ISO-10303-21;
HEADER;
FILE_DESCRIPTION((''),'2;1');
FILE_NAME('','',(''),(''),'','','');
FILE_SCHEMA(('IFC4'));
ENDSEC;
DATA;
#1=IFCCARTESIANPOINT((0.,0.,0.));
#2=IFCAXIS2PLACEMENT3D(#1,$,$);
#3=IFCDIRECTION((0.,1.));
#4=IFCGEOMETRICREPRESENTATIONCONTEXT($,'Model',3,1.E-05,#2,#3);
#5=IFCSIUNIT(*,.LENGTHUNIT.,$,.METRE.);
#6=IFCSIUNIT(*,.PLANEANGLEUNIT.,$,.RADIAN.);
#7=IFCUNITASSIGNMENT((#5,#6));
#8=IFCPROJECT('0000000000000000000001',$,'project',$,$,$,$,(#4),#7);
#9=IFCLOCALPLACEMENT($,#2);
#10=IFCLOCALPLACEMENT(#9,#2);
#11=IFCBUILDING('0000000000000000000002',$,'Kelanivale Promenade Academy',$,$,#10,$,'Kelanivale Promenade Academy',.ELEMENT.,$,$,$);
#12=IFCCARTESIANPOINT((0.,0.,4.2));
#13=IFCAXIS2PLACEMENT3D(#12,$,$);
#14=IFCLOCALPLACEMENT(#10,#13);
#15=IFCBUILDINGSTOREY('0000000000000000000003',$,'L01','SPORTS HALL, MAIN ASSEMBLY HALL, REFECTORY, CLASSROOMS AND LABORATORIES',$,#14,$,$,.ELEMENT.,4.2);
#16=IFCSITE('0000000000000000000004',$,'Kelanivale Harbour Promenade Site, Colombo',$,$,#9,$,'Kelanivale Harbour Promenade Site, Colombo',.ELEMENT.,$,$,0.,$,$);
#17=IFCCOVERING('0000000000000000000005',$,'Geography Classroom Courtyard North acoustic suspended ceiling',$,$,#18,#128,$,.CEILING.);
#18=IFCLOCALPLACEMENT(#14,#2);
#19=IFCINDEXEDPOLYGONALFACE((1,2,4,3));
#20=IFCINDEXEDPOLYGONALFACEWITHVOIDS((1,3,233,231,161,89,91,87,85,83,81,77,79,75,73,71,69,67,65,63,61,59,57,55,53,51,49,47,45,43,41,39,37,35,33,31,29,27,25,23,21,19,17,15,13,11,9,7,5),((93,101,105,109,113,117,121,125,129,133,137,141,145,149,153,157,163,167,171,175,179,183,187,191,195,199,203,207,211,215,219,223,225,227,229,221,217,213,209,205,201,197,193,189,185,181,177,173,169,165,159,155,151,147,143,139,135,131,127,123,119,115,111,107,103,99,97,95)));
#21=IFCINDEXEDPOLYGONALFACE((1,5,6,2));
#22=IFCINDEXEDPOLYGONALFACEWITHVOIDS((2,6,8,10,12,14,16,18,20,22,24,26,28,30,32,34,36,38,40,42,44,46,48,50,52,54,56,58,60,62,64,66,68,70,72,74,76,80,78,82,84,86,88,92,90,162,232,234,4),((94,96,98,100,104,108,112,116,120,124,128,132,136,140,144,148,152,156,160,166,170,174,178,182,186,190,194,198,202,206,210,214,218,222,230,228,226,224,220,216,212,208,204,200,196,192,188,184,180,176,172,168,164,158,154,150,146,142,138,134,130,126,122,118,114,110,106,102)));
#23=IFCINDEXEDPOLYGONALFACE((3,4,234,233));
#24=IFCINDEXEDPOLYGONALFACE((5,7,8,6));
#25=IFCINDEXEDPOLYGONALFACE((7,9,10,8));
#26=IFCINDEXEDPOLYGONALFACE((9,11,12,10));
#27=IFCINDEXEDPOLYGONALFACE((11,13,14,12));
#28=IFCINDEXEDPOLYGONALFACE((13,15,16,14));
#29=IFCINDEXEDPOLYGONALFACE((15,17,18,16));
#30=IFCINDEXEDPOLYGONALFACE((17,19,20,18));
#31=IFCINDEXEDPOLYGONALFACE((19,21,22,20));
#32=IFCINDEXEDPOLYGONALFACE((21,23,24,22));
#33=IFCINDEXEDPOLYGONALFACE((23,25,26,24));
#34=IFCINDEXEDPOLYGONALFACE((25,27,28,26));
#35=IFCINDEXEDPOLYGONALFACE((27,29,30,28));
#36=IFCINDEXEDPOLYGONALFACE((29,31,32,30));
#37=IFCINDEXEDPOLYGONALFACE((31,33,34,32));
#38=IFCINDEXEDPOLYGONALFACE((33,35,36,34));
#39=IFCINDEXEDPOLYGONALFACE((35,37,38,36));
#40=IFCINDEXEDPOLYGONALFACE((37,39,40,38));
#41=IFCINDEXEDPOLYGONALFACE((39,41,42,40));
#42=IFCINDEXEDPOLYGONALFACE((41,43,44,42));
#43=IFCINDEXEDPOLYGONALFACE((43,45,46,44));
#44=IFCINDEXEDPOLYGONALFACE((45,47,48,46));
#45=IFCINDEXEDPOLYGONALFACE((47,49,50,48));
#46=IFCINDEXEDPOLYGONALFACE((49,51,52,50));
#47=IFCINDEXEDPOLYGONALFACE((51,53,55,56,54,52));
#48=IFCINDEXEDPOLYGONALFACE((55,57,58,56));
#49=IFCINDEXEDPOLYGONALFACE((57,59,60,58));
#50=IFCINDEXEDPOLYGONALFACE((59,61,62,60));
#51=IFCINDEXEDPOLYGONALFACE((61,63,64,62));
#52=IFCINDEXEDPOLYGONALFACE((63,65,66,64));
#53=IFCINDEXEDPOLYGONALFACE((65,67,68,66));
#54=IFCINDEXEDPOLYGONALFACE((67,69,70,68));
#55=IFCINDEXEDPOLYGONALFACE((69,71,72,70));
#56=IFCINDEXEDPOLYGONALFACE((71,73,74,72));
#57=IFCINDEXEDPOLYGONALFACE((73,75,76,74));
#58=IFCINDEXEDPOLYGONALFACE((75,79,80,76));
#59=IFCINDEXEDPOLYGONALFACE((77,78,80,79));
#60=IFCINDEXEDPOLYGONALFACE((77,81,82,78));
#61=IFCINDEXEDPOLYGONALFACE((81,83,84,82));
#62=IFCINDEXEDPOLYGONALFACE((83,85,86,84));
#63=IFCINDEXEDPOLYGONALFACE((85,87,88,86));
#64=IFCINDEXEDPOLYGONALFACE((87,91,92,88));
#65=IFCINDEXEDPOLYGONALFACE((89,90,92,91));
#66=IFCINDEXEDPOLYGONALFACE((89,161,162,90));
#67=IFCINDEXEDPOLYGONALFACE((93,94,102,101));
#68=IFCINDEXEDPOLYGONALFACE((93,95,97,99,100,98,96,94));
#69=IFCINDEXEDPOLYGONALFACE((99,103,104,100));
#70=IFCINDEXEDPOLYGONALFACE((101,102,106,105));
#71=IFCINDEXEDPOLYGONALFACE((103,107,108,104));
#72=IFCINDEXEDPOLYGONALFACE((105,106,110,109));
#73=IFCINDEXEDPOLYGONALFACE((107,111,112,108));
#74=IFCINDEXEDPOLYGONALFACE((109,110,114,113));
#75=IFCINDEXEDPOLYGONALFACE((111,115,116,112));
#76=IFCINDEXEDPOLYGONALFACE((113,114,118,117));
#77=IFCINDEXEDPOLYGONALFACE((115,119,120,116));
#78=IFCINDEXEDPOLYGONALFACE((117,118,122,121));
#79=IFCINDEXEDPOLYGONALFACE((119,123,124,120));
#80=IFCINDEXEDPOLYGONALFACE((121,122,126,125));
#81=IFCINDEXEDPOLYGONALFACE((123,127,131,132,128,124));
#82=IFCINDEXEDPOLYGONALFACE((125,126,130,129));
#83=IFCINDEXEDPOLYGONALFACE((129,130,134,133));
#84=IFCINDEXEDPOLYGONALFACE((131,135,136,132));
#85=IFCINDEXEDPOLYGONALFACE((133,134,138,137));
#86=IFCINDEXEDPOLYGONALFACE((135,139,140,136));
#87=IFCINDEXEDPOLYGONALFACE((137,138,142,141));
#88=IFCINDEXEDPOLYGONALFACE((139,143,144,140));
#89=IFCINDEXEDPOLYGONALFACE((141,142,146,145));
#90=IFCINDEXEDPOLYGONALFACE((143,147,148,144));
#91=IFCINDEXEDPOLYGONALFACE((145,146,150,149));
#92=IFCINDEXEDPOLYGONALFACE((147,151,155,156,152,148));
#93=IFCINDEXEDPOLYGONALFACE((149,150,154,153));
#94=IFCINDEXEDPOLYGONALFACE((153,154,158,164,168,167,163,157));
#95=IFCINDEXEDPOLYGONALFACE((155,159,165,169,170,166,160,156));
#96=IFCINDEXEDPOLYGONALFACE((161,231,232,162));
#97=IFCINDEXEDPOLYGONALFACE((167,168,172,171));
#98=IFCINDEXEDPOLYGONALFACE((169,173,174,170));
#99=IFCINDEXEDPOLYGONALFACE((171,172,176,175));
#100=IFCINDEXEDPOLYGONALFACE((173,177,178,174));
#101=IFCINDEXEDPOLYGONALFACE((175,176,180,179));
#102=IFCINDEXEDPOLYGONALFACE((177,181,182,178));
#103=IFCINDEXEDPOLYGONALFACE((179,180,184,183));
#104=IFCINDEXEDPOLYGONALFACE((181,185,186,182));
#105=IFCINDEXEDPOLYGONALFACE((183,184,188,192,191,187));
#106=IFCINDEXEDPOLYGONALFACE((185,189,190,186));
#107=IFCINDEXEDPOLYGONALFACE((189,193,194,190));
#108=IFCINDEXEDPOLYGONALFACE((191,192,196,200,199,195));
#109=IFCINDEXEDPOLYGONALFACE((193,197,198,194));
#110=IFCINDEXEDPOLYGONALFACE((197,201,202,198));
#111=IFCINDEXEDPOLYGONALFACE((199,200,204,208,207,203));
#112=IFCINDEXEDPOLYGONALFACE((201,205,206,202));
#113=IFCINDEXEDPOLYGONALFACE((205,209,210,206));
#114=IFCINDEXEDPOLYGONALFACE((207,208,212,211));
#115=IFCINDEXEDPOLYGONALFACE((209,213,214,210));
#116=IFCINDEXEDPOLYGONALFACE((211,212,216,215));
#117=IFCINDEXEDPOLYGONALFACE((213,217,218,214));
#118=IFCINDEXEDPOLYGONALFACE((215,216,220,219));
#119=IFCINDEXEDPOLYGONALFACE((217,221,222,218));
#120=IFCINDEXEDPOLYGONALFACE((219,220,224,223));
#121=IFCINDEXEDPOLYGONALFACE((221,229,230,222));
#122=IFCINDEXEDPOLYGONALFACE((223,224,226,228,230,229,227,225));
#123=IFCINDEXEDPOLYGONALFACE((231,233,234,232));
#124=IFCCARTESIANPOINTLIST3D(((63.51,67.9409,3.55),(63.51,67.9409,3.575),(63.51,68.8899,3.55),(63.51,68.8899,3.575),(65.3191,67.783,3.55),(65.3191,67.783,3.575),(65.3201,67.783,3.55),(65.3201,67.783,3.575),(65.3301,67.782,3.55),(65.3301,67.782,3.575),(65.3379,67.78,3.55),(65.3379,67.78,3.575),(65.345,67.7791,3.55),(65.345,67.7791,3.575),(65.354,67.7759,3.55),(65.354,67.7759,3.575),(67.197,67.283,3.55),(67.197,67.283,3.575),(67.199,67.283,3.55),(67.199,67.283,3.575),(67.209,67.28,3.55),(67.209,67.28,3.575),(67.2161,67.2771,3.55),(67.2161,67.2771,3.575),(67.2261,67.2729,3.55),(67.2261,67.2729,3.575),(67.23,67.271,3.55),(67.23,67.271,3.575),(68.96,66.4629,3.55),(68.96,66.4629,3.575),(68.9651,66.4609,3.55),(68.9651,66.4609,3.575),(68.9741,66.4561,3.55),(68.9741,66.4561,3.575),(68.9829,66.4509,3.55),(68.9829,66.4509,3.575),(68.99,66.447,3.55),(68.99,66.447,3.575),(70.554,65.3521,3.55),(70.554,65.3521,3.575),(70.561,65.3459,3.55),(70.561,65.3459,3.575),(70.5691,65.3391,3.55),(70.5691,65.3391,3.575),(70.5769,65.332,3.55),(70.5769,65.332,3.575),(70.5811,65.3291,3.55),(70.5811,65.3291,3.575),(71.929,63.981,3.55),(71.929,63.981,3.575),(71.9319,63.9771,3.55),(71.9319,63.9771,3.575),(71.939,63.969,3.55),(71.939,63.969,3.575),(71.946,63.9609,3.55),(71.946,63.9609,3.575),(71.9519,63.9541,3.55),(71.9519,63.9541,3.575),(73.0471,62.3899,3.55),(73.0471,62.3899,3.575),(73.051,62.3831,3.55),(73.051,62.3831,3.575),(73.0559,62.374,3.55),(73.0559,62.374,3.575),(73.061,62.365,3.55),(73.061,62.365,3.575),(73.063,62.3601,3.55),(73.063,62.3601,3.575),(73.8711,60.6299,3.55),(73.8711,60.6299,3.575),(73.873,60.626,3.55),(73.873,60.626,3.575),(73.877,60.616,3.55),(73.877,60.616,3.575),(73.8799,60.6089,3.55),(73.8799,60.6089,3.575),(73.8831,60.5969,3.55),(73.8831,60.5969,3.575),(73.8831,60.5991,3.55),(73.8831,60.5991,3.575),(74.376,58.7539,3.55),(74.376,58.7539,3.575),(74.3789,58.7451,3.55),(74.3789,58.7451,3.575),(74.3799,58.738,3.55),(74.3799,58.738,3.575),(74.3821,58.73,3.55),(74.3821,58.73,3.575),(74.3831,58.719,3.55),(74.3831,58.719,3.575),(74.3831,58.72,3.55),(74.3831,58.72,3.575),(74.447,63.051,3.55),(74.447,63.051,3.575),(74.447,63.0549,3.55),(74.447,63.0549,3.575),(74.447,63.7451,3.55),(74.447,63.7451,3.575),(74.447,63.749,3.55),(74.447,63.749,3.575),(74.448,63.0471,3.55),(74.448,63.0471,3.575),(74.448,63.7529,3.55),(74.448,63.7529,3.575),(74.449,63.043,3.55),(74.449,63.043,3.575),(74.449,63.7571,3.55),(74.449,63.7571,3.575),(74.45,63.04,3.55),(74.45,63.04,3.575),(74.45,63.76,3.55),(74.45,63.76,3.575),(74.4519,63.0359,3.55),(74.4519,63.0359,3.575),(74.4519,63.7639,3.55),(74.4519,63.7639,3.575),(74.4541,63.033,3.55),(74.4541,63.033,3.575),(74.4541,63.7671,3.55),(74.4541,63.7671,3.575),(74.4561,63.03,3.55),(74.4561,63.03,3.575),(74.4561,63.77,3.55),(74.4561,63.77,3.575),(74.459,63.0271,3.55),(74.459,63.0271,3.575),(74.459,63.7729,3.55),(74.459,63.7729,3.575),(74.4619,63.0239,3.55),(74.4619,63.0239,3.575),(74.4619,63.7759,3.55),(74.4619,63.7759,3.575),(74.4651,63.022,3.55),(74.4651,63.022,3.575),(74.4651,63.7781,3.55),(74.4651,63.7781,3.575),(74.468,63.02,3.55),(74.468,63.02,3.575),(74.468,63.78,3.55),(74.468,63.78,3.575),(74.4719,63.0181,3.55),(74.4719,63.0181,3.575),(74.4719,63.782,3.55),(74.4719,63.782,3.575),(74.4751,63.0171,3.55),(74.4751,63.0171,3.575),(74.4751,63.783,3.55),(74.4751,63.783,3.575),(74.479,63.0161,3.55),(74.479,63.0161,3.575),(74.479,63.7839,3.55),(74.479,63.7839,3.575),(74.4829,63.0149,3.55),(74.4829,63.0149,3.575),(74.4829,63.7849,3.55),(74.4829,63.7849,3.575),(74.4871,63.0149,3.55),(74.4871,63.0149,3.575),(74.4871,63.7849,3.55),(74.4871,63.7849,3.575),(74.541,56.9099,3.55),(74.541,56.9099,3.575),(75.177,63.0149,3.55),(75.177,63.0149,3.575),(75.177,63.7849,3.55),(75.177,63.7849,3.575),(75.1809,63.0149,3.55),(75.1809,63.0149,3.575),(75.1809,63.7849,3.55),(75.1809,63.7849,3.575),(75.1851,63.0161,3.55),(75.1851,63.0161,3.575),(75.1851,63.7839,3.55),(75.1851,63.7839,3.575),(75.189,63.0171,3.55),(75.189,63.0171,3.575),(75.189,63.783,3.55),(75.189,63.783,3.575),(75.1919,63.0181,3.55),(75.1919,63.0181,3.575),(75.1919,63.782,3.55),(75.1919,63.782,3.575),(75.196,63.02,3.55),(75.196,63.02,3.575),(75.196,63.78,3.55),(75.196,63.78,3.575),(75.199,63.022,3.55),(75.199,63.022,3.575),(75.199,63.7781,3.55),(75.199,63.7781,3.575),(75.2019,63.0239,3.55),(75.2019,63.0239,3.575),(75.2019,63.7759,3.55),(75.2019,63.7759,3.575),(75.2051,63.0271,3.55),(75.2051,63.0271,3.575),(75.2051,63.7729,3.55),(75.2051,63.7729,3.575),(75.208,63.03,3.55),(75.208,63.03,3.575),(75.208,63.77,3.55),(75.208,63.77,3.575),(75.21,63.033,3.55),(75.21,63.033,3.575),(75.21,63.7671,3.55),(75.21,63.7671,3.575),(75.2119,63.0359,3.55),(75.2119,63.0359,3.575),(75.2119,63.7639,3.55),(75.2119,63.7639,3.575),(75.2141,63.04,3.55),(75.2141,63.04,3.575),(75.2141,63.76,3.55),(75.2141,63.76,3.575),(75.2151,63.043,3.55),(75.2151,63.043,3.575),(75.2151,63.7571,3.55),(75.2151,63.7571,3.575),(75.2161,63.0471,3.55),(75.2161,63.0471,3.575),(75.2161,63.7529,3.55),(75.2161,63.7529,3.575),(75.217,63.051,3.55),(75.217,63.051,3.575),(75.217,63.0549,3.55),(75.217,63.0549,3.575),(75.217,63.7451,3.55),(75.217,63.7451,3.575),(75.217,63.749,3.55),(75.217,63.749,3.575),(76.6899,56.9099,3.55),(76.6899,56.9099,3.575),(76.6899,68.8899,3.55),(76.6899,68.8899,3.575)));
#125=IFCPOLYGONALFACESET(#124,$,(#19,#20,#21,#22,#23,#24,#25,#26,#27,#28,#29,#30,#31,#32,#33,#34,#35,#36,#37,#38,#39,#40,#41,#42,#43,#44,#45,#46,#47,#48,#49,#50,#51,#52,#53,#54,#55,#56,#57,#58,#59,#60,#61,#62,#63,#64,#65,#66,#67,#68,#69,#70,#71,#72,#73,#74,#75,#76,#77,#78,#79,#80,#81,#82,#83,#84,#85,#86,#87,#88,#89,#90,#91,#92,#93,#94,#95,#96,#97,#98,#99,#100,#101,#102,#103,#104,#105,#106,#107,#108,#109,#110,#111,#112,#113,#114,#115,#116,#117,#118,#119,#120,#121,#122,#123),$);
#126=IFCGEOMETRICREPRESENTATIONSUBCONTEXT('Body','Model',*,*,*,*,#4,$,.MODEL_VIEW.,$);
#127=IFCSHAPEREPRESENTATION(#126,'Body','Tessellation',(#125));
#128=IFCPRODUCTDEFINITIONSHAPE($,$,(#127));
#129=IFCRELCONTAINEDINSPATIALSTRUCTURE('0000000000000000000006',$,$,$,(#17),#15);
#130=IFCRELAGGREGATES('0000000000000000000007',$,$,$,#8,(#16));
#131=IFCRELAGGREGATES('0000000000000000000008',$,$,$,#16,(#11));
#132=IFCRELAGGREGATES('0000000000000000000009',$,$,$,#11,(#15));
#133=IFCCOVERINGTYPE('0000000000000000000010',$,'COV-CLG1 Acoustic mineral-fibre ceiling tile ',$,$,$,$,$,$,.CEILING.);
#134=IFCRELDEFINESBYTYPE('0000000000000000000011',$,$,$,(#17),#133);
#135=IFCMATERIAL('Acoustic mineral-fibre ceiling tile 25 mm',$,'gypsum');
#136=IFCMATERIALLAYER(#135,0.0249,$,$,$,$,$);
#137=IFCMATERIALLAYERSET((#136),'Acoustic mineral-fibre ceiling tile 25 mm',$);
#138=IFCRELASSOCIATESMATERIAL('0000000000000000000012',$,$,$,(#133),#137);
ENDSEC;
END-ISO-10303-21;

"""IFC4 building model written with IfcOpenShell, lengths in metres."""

from ifc_helpers import new_model, si_unit, direction, frame, origin, place, context, subcontext, project, spatial, polyline, outline, extrude, material, layer, layer_set, type_object, element, save


model = new_model("IFC4")

# Units and contexts
model_context = context("Model", 3, precision=1e-05, world=origin(), true_north=direction((0.0, 1.0)))
body_context = subcontext(model_context, "Body", "Model", "MODEL_VIEW")
ifc_project = project(units=[si_unit("LENGTHUNIT", "METRE"), si_unit("PLANEANGLEUNIT", "RADIAN")], contexts=[model_context])

# Site, building, storey
site_placement = place(None, origin())
site = spatial("IfcSite", under=ifc_project, at=site_placement, Name="Kelanivale Harbour Promenade Site, Colombo", LongName="Kelanivale Harbour Promenade Site, Colombo", CompositionType="ELEMENT", RefElevation=0.0)
building_placement = place(site_placement, origin())
building = spatial("IfcBuilding", under=site, at=building_placement, Name="Kelanivale Promenade Academy", LongName="Kelanivale Promenade Academy", CompositionType="ELEMENT")
storey_placement = place(building_placement, frame((0.0, 0.0, 4.2)))
storey = spatial("IfcBuildingStorey", under=building, at=storey_placement, Name="L01", Description="SPORTS HALL, MAIN ASSEMBLY HALL, REFECTORY, CLASSROOMS AND LABORATORIES", CompositionType="ELEMENT", Elevation=4.2)

# Covering
ifc_material_1 = material(Name="Acoustic mineral-fibre ceiling tile 25 mm", Category="gypsum")
ifc_layer_1 = layer(ifc_material_1, 0.0249)
ifc_layer_set_1 = layer_set([ifc_layer_1], Name="Acoustic mineral-fibre ceiling tile 25 mm")
covering_type = type_object("IfcCoveringType", Name="COV-CLG1 Acoustic mineral-fibre ceiling tile ", PredefinedType="CEILING", material=ifc_layer_set_1)
covering_1_placement = place(storey_placement, frame((0.0, 0.0, 3.55)))
element("IfcCovering", 1, at=covering_1_placement, inside=storey, type_object=covering_type, Name="Geography Classroom Courtyard North acoustic suspended ceiling", PredefinedType="CEILING", context=body_context, shape_type="SweptSolid", body=[
    extrude(outline(polyline([(68.96, 66.4629), (68.9651, 66.4609), (68.9741, 66.4561), (68.9829, 66.4509), (68.99, 66.447), (70.554, 65.3521), (70.561, 65.3459), (70.5691, 65.3391), (70.5769, 65.332), (70.5811, 65.3291), (71.929, 63.981), (71.9319, 63.9771), (71.939, 63.969), (71.946, 63.9609), (71.9519, 63.9541), (73.0471, 62.3899), (73.051, 62.3831), (73.0559, 62.374), (73.061, 62.365), (73.063, 62.3601), (73.8711, 60.6299), (73.873, 60.626), (73.877, 60.616), (73.8799, 60.6089), (73.8831, 60.5991), (73.8831, 60.5969), (74.376, 58.7539), (74.3789, 58.7451), (74.3799, 58.738), (74.3821, 58.73), (74.3831, 58.72), (74.3831, 58.719), (74.541, 56.9099), (76.6899, 56.9099), (76.6899, 68.8899), (63.51, 68.8899), (63.51, 67.9409), (65.3191, 67.783), (65.3201, 67.783), (65.3301, 67.782), (65.3379, 67.78), (65.345, 67.7791), (65.354, 67.7759), (67.197, 67.283), (67.199, 67.283), (67.209, 67.28), (67.2161, 67.2771), (67.2261, 67.2729), (67.23, 67.271), (68.96, 66.4629)]), holes=[polyline([(75.217, 63.0549), (75.217, 63.051), (75.2161, 63.0471), (75.2151, 63.043), (75.2141, 63.04), (75.2119, 63.0359), (75.21, 63.033), (75.208, 63.03), (75.2051, 63.0271), (75.2019, 63.0239), (75.199, 63.022), (75.196, 63.02), (75.1919, 63.0181), (75.189, 63.0171), (75.1851, 63.0161), (75.1809, 63.0149), (75.177, 63.0149), (74.4871, 63.0149), (74.4829, 63.0149), (74.479, 63.0161), (74.4751, 63.0171), (74.4719, 63.0181), (74.468, 63.02), (74.4651, 63.022), (74.4619, 63.0239), (74.459, 63.0271), (74.4561, 63.03), (74.4541, 63.033), (74.4519, 63.0359), (74.45, 63.04), (74.449, 63.043), (74.448, 63.0471), (74.447, 63.051), (74.447, 63.0549), (74.447, 63.7451), (74.447, 63.749), (74.448, 63.7529), (74.449, 63.7571), (74.45, 63.76), (74.4519, 63.7639), (74.4541, 63.7671), (74.4561, 63.77), (74.459, 63.7729), (74.4619, 63.7759), (74.4651, 63.7781), (74.468, 63.78), (74.4719, 63.782), (74.4751, 63.783), (74.479, 63.7839), (74.4829, 63.7849), (74.4871, 63.7849), (75.177, 63.7849), (75.1809, 63.7849), (75.1851, 63.7839), (75.189, 63.783), (75.1919, 63.782), (75.196, 63.78), (75.199, 63.7781), (75.2019, 63.7759), (75.2051, 63.7729), (75.208, 63.77), (75.21, 63.7671), (75.2119, 63.7639), (75.2141, 63.76), (75.2151, 63.7571), (75.2161, 63.7529), (75.217, 63.749), (75.217, 63.7451), (75.217, 63.0549)])]), origin(), (0.0, 0.0, 1.0), 0.0249),
])

save(model, "model.ifc")
